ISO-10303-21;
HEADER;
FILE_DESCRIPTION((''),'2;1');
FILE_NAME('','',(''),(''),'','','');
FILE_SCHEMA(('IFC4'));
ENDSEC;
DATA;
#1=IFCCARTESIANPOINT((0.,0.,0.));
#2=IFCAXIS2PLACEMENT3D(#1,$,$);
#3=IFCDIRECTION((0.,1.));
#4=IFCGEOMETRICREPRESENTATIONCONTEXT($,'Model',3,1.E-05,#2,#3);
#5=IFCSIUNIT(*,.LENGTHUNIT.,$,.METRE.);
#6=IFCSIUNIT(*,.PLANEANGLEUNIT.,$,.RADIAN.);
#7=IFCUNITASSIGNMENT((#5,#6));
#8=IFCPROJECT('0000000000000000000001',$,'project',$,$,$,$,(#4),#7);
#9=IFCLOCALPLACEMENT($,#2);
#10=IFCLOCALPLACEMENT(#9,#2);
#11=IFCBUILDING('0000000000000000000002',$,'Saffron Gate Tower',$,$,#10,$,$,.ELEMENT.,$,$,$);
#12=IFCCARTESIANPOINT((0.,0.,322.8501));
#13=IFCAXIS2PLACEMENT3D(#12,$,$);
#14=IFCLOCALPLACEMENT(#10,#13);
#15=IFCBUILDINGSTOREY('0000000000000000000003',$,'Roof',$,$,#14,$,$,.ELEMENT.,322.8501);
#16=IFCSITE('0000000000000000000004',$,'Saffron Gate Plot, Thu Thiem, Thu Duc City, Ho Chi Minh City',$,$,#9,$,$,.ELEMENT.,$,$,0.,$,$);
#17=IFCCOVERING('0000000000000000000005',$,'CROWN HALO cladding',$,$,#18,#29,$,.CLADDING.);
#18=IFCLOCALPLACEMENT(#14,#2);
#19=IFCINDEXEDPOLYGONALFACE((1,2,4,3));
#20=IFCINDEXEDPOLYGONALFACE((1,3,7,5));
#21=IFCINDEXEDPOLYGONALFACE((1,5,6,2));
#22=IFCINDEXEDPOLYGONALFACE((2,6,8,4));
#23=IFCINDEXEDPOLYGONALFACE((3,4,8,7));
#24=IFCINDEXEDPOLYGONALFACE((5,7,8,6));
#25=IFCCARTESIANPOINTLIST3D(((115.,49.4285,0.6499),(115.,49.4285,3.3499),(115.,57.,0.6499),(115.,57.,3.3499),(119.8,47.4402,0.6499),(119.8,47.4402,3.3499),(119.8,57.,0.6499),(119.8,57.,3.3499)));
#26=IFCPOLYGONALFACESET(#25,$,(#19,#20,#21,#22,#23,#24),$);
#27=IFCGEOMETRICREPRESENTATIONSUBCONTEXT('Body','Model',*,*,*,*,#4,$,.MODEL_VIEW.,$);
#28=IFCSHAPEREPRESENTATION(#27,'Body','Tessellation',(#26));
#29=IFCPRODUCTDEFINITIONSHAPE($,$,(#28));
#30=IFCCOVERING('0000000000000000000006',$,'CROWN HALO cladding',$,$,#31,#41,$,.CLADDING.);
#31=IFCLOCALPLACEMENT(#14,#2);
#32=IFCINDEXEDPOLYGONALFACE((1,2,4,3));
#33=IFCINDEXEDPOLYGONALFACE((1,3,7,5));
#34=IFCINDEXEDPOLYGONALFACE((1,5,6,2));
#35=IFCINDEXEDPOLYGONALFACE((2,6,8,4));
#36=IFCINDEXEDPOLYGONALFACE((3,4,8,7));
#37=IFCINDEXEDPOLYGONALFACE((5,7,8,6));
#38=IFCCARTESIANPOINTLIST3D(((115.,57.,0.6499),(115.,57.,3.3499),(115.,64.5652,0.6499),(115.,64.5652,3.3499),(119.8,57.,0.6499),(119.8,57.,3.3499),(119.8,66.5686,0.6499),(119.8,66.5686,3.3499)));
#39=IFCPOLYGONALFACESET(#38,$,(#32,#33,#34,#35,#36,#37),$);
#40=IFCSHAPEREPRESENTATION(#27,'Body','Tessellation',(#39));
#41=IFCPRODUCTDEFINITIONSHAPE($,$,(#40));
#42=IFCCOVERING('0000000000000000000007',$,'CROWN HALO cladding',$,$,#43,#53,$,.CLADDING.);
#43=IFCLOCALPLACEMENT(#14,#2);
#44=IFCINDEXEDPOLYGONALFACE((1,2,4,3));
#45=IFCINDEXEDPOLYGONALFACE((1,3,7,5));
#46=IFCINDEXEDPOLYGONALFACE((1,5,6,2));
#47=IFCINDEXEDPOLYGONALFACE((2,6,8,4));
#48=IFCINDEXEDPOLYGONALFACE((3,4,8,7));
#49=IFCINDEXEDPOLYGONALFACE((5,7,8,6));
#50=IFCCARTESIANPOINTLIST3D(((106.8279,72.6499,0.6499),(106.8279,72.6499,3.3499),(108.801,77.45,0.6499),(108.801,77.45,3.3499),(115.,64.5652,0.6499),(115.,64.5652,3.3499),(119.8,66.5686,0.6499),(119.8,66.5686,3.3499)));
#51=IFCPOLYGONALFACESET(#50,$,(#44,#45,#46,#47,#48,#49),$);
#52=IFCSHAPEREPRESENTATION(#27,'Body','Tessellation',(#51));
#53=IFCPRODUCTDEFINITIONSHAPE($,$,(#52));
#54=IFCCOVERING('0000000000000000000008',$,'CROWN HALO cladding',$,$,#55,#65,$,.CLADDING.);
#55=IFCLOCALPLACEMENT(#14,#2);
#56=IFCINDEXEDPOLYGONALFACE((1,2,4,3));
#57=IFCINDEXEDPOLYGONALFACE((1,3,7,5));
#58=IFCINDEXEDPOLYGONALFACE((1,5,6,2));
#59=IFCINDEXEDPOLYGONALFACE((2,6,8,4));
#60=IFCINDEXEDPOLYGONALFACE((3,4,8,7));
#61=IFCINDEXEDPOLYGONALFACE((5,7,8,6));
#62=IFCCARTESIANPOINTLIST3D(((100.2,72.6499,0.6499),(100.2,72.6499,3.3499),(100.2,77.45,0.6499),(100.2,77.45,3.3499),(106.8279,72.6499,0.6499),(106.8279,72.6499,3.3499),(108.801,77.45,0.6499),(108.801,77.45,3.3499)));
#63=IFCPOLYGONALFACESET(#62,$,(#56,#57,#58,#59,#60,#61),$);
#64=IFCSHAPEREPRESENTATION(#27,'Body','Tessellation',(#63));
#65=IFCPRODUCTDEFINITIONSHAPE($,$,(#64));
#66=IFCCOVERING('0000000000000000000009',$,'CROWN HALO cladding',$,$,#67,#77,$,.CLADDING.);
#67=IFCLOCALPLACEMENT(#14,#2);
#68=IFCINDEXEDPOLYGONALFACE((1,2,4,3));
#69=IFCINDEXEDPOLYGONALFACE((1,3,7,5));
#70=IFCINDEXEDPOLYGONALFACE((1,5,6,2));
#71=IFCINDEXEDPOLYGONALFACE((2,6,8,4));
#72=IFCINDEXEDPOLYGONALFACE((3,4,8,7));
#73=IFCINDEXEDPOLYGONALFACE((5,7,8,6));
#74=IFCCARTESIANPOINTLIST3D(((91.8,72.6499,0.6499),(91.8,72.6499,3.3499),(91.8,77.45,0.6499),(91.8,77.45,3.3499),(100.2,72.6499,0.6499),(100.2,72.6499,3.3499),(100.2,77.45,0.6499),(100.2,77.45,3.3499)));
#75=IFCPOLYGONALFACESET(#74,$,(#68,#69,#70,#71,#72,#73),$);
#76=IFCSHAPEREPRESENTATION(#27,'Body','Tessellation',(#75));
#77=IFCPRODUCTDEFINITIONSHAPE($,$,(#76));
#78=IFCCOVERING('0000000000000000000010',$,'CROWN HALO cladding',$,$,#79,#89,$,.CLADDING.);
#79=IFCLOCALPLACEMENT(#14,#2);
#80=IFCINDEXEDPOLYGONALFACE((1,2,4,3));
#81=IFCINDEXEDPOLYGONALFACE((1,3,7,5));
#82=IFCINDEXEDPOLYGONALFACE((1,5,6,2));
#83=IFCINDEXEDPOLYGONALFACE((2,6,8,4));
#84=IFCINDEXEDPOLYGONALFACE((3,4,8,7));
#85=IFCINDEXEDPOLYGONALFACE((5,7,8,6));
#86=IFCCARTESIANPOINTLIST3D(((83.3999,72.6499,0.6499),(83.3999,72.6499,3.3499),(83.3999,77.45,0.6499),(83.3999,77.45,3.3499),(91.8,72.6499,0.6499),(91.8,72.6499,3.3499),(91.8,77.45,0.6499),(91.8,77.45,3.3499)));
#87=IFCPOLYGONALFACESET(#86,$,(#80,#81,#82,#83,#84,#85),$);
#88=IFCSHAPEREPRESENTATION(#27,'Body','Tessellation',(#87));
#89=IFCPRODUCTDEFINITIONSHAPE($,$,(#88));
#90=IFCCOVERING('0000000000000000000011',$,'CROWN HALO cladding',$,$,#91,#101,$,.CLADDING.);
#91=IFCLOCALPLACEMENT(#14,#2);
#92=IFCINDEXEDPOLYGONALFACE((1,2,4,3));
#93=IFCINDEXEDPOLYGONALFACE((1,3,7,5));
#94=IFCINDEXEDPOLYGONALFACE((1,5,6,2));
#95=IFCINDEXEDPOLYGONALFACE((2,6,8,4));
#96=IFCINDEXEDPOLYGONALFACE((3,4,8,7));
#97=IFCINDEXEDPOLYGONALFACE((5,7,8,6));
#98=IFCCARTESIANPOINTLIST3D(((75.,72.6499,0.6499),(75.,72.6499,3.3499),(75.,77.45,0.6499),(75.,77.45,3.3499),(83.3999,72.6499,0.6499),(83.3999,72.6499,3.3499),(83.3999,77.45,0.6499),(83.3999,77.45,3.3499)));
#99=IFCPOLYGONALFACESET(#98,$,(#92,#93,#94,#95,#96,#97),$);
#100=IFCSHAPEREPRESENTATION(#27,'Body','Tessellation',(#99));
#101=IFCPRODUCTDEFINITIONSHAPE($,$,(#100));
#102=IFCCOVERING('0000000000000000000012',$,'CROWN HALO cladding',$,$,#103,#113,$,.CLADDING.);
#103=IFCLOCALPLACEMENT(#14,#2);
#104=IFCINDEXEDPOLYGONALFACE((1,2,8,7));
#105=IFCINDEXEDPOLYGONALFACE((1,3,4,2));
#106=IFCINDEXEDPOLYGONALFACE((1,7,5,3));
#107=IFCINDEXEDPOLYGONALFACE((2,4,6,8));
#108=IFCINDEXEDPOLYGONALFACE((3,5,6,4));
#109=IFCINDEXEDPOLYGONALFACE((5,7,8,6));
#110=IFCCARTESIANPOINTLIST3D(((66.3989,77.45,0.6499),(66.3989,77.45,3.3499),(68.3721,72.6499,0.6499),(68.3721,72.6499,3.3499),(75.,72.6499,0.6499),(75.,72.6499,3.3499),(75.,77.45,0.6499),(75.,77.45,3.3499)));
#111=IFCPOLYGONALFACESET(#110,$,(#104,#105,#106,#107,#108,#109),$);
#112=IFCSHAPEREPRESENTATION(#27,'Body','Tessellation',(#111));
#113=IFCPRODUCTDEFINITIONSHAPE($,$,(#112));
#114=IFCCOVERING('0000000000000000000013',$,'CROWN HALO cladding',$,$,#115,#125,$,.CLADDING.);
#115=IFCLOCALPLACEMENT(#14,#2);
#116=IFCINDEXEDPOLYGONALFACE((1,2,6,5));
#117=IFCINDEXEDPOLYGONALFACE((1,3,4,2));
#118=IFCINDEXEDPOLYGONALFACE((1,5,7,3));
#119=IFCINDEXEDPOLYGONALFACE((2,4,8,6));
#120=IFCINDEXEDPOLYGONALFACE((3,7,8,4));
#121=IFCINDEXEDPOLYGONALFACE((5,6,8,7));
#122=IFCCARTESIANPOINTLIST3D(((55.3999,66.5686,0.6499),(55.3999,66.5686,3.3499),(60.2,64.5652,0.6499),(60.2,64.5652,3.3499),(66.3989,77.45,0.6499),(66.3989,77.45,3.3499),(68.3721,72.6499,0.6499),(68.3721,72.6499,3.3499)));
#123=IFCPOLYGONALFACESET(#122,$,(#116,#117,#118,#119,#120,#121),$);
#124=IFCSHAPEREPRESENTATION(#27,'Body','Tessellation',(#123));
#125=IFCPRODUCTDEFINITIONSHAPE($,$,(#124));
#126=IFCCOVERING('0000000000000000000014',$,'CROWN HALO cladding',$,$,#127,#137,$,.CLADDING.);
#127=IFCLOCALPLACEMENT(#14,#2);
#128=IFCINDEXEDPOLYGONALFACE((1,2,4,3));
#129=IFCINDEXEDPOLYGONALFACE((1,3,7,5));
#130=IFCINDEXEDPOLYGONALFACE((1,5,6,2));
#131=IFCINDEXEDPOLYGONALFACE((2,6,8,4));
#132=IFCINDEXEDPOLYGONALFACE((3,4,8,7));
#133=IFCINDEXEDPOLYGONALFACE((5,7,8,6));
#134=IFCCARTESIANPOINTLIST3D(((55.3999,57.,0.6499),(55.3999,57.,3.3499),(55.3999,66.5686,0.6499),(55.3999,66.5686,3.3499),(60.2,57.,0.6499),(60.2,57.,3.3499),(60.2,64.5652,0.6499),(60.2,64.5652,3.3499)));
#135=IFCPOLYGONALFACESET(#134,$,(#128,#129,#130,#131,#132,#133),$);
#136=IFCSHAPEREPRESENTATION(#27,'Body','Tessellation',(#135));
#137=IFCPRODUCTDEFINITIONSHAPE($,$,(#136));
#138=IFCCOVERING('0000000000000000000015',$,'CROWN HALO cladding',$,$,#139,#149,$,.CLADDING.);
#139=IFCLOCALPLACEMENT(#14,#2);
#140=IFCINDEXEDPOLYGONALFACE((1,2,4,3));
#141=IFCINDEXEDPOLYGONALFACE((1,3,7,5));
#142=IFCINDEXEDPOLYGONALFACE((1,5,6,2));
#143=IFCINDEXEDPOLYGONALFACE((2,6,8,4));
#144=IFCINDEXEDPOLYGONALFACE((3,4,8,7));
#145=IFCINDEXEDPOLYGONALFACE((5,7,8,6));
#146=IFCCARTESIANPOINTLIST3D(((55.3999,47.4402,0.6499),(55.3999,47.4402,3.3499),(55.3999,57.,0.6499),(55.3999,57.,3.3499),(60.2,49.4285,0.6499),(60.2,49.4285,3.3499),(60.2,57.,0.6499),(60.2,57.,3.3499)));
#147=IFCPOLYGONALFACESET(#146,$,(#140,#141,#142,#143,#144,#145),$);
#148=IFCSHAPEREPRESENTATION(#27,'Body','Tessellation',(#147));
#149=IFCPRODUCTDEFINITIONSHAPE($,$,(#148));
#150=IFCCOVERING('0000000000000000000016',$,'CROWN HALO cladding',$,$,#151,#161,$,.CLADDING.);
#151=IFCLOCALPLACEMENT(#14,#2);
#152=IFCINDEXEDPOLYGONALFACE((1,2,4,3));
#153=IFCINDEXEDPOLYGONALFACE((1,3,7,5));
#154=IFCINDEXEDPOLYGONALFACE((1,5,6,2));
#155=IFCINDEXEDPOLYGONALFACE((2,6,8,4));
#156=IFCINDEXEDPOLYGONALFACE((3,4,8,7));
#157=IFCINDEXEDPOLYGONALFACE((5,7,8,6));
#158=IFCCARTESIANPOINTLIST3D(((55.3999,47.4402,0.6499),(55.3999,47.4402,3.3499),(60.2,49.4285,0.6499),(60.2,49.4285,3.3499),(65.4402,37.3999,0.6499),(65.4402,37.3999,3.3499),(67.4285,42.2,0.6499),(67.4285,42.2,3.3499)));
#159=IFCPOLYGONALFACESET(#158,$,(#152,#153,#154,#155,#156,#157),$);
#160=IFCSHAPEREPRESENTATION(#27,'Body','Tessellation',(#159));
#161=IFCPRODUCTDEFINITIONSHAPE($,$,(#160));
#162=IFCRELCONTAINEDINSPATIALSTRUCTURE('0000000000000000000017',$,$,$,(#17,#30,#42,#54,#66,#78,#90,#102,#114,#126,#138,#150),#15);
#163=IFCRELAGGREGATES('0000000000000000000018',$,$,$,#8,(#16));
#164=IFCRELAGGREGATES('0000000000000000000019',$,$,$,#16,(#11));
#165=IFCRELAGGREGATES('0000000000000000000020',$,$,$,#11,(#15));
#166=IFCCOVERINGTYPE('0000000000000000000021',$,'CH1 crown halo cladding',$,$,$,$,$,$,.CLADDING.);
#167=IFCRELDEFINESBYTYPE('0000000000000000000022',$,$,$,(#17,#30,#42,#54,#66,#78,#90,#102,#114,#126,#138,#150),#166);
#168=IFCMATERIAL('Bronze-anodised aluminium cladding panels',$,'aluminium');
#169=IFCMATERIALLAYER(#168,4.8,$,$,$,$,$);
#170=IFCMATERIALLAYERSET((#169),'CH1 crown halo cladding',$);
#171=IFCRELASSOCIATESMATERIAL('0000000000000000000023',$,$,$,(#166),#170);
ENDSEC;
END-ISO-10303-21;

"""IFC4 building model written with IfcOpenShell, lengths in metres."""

from ifc_helpers import new_model, si_unit, direction, frame, origin, place, context, subcontext, project, spatial, polyline, outline, extrude, material, layer, layer_set, type_object, element, save


model = new_model("IFC4")

# Units and contexts
model_context = context("Model", 3, precision=1e-05, world=origin(), true_north=direction((0.0, 1.0)))
body_context = subcontext(model_context, "Body", "Model", "MODEL_VIEW")
ifc_project = project(units=[si_unit("LENGTHUNIT", "METRE"), si_unit("PLANEANGLEUNIT", "RADIAN")], contexts=[model_context])

# Site, building, storey
site_placement = place(None, origin())
site = spatial("IfcSite", under=ifc_project, at=site_placement, Name="Saffron Gate Plot, Thu Thiem, Thu Duc City, Ho Chi Minh City", CompositionType="ELEMENT", RefElevation=0.0)
building_placement = place(site_placement, origin())
building = spatial("IfcBuilding", under=site, at=building_placement, Name="Saffron Gate Tower", CompositionType="ELEMENT")
storey_placement = place(building_placement, frame((0.0, 0.0, 322.8501)))
storey = spatial("IfcBuildingStorey", under=building, at=storey_placement, Name="Roof", CompositionType="ELEMENT", Elevation=322.8501)

# Coverings
ifc_material_1 = material(Name="Bronze-anodised aluminium cladding panels", Category="aluminium")
ifc_layer_1 = layer(ifc_material_1, 4.8)
ifc_layer_set_1 = layer_set([ifc_layer_1], Name="CH1 crown halo cladding")
covering_type = type_object("IfcCoveringType", Name="CH1 crown halo cladding", PredefinedType="CLADDING", material=ifc_layer_set_1)
covering_1_placement = place(storey_placement, frame((0.0, 0.0, 0.6499)))
element("IfcCovering", 1, at=covering_1_placement, inside=storey, type_object=covering_type, Name="CROWN HALO cladding", PredefinedType="CLADDING", context=body_context, shape_type="SweptSolid", body=[
    extrude(outline(polyline([(115.0, 49.4285), (115.0, 57.0), (119.8, 57.0), (119.8, 47.4402), (115.0, 49.4285)])), origin(), (0.0, 0.0, 1.0), 2.7),
])
covering_2_placement = place(storey_placement, frame((0.0, 0.0, 0.6499)))
element("IfcCovering", 2, at=covering_2_placement, inside=storey, type_object=covering_type, Name="CROWN HALO cladding", PredefinedType="CLADDING", context=body_context, shape_type="SweptSolid", body=[
    extrude(outline(polyline([(115.0, 57.0), (115.0, 64.5652), (119.8, 66.5686), (119.8, 57.0), (115.0, 57.0)])), origin(), (0.0, 0.0, 1.0), 2.7),
])
covering_3_placement = place(storey_placement, frame((0.0, 0.0, 0.6499)))
element("IfcCovering", 3, at=covering_3_placement, inside=storey, type_object=covering_type, Name="CROWN HALO cladding", PredefinedType="CLADDING", context=body_context, shape_type="SweptSolid", body=[
    extrude(outline(polyline([(115.0, 64.5652), (106.8279, 72.6499), (108.801, 77.45), (119.8, 66.5686), (115.0, 64.5652)])), origin(), (0.0, 0.0, 1.0), 2.7),
])
covering_4_placement = place(storey_placement, frame((0.0, 0.0, 0.6499)))
element("IfcCovering", 4, at=covering_4_placement, inside=storey, type_object=covering_type, Name="CROWN HALO cladding", PredefinedType="CLADDING", context=body_context, shape_type="SweptSolid", body=[
    extrude(outline(polyline([(106.8279, 72.6499), (100.2, 72.6499), (100.2, 77.45), (108.801, 77.45), (106.8279, 72.6499)])), origin(), (0.0, 0.0, 1.0), 2.7),
])
covering_5_placement = place(storey_placement, frame((0.0, 0.0, 0.6499)))
element("IfcCovering", 5, at=covering_5_placement, inside=storey, type_object=covering_type, Name="CROWN HALO cladding", PredefinedType="CLADDING", context=body_context, shape_type="SweptSolid", body=[
    extrude(outline(polyline([(100.2, 72.6499), (91.8, 72.6499), (91.8, 77.45), (100.2, 77.45), (100.2, 72.6499)])), origin(), (0.0, 0.0, 1.0), 2.7),
])
covering_6_placement = place(storey_placement, frame((0.0, 0.0, 0.6499)))
element("IfcCovering", 6, at=covering_6_placement, inside=storey, type_object=covering_type, Name="CROWN HALO cladding", PredefinedType="CLADDING", context=body_context, shape_type="SweptSolid", body=[
    extrude(outline(polyline([(91.8, 72.6499), (83.3999, 72.6499), (83.3999, 77.45), (91.8, 77.45), (91.8, 72.6499)])), origin(), (0.0, 0.0, 1.0), 2.7),
])
covering_7_placement = place(storey_placement, frame((0.0, 0.0, 0.6499)))
element("IfcCovering", 7, at=covering_7_placement, inside=storey, type_object=covering_type, Name="CROWN HALO cladding", PredefinedType="CLADDING", context=body_context, shape_type="SweptSolid", body=[
    extrude(outline(polyline([(83.3999, 72.6499), (75.0, 72.6499), (75.0, 77.45), (83.3999, 77.45), (83.3999, 72.6499)])), origin(), (0.0, 0.0, 1.0), 2.7),
])
covering_8_placement = place(storey_placement, frame((0.0, 0.0, 0.6499)))
element("IfcCovering", 8, at=covering_8_placement, inside=storey, type_object=covering_type, Name="CROWN HALO cladding", PredefinedType="CLADDING", context=body_context, shape_type="SweptSolid", body=[
    extrude(outline(polyline([(75.0, 72.6499), (68.3721, 72.6499), (66.3989, 77.45), (75.0, 77.45), (75.0, 72.6499)])), origin(), (0.0, 0.0, 1.0), 2.7),
])
covering_9_placement = place(storey_placement, frame((0.0, 0.0, 0.6499)))
element("IfcCovering", 9, at=covering_9_placement, inside=storey, type_object=covering_type, Name="CROWN HALO cladding", PredefinedType="CLADDING", context=body_context, shape_type="SweptSolid", body=[
    extrude(outline(polyline([(68.3721, 72.6499), (60.2, 64.5652), (55.3999, 66.5686), (66.3989, 77.45), (68.3721, 72.6499)])), origin(), (0.0, 0.0, 1.0), 2.7),
])
covering_10_placement = place(storey_placement, frame((0.0, 0.0, 0.6499)))
element("IfcCovering", 10, at=covering_10_placement, inside=storey, type_object=covering_type, Name="CROWN HALO cladding", PredefinedType="CLADDING", context=body_context, shape_type="SweptSolid", body=[
    extrude(outline(polyline([(60.2, 64.5652), (60.2, 57.0), (55.3999, 57.0), (55.3999, 66.5686), (60.2, 64.5652)])), origin(), (0.0, 0.0, 1.0), 2.7),
])
covering_11_placement = place(storey_placement, frame((0.0, 0.0, 0.6499)))
element("IfcCovering", 11, at=covering_11_placement, inside=storey, type_object=covering_type, Name="CROWN HALO cladding", PredefinedType="CLADDING", context=body_context, shape_type="SweptSolid", body=[
    extrude(outline(polyline([(60.2, 57.0), (60.2, 49.4285), (55.3999, 47.4402), (55.3999, 57.0), (60.2, 57.0)])), origin(), (0.0, 0.0, 1.0), 2.7),
])
covering_12_placement = place(storey_placement, frame((0.0, 0.0, 0.6499)))
element("IfcCovering", 12, at=covering_12_placement, inside=storey, type_object=covering_type, Name="CROWN HALO cladding", PredefinedType="CLADDING", context=body_context, shape_type="SweptSolid", body=[
    extrude(outline(polyline([(60.2, 49.4285), (67.4285, 42.2), (65.4402, 37.3999), (55.3999, 47.4402), (60.2, 49.4285)])), origin(), (0.0, 0.0, 1.0), 2.7),
])

save(model, "model.ifc")
